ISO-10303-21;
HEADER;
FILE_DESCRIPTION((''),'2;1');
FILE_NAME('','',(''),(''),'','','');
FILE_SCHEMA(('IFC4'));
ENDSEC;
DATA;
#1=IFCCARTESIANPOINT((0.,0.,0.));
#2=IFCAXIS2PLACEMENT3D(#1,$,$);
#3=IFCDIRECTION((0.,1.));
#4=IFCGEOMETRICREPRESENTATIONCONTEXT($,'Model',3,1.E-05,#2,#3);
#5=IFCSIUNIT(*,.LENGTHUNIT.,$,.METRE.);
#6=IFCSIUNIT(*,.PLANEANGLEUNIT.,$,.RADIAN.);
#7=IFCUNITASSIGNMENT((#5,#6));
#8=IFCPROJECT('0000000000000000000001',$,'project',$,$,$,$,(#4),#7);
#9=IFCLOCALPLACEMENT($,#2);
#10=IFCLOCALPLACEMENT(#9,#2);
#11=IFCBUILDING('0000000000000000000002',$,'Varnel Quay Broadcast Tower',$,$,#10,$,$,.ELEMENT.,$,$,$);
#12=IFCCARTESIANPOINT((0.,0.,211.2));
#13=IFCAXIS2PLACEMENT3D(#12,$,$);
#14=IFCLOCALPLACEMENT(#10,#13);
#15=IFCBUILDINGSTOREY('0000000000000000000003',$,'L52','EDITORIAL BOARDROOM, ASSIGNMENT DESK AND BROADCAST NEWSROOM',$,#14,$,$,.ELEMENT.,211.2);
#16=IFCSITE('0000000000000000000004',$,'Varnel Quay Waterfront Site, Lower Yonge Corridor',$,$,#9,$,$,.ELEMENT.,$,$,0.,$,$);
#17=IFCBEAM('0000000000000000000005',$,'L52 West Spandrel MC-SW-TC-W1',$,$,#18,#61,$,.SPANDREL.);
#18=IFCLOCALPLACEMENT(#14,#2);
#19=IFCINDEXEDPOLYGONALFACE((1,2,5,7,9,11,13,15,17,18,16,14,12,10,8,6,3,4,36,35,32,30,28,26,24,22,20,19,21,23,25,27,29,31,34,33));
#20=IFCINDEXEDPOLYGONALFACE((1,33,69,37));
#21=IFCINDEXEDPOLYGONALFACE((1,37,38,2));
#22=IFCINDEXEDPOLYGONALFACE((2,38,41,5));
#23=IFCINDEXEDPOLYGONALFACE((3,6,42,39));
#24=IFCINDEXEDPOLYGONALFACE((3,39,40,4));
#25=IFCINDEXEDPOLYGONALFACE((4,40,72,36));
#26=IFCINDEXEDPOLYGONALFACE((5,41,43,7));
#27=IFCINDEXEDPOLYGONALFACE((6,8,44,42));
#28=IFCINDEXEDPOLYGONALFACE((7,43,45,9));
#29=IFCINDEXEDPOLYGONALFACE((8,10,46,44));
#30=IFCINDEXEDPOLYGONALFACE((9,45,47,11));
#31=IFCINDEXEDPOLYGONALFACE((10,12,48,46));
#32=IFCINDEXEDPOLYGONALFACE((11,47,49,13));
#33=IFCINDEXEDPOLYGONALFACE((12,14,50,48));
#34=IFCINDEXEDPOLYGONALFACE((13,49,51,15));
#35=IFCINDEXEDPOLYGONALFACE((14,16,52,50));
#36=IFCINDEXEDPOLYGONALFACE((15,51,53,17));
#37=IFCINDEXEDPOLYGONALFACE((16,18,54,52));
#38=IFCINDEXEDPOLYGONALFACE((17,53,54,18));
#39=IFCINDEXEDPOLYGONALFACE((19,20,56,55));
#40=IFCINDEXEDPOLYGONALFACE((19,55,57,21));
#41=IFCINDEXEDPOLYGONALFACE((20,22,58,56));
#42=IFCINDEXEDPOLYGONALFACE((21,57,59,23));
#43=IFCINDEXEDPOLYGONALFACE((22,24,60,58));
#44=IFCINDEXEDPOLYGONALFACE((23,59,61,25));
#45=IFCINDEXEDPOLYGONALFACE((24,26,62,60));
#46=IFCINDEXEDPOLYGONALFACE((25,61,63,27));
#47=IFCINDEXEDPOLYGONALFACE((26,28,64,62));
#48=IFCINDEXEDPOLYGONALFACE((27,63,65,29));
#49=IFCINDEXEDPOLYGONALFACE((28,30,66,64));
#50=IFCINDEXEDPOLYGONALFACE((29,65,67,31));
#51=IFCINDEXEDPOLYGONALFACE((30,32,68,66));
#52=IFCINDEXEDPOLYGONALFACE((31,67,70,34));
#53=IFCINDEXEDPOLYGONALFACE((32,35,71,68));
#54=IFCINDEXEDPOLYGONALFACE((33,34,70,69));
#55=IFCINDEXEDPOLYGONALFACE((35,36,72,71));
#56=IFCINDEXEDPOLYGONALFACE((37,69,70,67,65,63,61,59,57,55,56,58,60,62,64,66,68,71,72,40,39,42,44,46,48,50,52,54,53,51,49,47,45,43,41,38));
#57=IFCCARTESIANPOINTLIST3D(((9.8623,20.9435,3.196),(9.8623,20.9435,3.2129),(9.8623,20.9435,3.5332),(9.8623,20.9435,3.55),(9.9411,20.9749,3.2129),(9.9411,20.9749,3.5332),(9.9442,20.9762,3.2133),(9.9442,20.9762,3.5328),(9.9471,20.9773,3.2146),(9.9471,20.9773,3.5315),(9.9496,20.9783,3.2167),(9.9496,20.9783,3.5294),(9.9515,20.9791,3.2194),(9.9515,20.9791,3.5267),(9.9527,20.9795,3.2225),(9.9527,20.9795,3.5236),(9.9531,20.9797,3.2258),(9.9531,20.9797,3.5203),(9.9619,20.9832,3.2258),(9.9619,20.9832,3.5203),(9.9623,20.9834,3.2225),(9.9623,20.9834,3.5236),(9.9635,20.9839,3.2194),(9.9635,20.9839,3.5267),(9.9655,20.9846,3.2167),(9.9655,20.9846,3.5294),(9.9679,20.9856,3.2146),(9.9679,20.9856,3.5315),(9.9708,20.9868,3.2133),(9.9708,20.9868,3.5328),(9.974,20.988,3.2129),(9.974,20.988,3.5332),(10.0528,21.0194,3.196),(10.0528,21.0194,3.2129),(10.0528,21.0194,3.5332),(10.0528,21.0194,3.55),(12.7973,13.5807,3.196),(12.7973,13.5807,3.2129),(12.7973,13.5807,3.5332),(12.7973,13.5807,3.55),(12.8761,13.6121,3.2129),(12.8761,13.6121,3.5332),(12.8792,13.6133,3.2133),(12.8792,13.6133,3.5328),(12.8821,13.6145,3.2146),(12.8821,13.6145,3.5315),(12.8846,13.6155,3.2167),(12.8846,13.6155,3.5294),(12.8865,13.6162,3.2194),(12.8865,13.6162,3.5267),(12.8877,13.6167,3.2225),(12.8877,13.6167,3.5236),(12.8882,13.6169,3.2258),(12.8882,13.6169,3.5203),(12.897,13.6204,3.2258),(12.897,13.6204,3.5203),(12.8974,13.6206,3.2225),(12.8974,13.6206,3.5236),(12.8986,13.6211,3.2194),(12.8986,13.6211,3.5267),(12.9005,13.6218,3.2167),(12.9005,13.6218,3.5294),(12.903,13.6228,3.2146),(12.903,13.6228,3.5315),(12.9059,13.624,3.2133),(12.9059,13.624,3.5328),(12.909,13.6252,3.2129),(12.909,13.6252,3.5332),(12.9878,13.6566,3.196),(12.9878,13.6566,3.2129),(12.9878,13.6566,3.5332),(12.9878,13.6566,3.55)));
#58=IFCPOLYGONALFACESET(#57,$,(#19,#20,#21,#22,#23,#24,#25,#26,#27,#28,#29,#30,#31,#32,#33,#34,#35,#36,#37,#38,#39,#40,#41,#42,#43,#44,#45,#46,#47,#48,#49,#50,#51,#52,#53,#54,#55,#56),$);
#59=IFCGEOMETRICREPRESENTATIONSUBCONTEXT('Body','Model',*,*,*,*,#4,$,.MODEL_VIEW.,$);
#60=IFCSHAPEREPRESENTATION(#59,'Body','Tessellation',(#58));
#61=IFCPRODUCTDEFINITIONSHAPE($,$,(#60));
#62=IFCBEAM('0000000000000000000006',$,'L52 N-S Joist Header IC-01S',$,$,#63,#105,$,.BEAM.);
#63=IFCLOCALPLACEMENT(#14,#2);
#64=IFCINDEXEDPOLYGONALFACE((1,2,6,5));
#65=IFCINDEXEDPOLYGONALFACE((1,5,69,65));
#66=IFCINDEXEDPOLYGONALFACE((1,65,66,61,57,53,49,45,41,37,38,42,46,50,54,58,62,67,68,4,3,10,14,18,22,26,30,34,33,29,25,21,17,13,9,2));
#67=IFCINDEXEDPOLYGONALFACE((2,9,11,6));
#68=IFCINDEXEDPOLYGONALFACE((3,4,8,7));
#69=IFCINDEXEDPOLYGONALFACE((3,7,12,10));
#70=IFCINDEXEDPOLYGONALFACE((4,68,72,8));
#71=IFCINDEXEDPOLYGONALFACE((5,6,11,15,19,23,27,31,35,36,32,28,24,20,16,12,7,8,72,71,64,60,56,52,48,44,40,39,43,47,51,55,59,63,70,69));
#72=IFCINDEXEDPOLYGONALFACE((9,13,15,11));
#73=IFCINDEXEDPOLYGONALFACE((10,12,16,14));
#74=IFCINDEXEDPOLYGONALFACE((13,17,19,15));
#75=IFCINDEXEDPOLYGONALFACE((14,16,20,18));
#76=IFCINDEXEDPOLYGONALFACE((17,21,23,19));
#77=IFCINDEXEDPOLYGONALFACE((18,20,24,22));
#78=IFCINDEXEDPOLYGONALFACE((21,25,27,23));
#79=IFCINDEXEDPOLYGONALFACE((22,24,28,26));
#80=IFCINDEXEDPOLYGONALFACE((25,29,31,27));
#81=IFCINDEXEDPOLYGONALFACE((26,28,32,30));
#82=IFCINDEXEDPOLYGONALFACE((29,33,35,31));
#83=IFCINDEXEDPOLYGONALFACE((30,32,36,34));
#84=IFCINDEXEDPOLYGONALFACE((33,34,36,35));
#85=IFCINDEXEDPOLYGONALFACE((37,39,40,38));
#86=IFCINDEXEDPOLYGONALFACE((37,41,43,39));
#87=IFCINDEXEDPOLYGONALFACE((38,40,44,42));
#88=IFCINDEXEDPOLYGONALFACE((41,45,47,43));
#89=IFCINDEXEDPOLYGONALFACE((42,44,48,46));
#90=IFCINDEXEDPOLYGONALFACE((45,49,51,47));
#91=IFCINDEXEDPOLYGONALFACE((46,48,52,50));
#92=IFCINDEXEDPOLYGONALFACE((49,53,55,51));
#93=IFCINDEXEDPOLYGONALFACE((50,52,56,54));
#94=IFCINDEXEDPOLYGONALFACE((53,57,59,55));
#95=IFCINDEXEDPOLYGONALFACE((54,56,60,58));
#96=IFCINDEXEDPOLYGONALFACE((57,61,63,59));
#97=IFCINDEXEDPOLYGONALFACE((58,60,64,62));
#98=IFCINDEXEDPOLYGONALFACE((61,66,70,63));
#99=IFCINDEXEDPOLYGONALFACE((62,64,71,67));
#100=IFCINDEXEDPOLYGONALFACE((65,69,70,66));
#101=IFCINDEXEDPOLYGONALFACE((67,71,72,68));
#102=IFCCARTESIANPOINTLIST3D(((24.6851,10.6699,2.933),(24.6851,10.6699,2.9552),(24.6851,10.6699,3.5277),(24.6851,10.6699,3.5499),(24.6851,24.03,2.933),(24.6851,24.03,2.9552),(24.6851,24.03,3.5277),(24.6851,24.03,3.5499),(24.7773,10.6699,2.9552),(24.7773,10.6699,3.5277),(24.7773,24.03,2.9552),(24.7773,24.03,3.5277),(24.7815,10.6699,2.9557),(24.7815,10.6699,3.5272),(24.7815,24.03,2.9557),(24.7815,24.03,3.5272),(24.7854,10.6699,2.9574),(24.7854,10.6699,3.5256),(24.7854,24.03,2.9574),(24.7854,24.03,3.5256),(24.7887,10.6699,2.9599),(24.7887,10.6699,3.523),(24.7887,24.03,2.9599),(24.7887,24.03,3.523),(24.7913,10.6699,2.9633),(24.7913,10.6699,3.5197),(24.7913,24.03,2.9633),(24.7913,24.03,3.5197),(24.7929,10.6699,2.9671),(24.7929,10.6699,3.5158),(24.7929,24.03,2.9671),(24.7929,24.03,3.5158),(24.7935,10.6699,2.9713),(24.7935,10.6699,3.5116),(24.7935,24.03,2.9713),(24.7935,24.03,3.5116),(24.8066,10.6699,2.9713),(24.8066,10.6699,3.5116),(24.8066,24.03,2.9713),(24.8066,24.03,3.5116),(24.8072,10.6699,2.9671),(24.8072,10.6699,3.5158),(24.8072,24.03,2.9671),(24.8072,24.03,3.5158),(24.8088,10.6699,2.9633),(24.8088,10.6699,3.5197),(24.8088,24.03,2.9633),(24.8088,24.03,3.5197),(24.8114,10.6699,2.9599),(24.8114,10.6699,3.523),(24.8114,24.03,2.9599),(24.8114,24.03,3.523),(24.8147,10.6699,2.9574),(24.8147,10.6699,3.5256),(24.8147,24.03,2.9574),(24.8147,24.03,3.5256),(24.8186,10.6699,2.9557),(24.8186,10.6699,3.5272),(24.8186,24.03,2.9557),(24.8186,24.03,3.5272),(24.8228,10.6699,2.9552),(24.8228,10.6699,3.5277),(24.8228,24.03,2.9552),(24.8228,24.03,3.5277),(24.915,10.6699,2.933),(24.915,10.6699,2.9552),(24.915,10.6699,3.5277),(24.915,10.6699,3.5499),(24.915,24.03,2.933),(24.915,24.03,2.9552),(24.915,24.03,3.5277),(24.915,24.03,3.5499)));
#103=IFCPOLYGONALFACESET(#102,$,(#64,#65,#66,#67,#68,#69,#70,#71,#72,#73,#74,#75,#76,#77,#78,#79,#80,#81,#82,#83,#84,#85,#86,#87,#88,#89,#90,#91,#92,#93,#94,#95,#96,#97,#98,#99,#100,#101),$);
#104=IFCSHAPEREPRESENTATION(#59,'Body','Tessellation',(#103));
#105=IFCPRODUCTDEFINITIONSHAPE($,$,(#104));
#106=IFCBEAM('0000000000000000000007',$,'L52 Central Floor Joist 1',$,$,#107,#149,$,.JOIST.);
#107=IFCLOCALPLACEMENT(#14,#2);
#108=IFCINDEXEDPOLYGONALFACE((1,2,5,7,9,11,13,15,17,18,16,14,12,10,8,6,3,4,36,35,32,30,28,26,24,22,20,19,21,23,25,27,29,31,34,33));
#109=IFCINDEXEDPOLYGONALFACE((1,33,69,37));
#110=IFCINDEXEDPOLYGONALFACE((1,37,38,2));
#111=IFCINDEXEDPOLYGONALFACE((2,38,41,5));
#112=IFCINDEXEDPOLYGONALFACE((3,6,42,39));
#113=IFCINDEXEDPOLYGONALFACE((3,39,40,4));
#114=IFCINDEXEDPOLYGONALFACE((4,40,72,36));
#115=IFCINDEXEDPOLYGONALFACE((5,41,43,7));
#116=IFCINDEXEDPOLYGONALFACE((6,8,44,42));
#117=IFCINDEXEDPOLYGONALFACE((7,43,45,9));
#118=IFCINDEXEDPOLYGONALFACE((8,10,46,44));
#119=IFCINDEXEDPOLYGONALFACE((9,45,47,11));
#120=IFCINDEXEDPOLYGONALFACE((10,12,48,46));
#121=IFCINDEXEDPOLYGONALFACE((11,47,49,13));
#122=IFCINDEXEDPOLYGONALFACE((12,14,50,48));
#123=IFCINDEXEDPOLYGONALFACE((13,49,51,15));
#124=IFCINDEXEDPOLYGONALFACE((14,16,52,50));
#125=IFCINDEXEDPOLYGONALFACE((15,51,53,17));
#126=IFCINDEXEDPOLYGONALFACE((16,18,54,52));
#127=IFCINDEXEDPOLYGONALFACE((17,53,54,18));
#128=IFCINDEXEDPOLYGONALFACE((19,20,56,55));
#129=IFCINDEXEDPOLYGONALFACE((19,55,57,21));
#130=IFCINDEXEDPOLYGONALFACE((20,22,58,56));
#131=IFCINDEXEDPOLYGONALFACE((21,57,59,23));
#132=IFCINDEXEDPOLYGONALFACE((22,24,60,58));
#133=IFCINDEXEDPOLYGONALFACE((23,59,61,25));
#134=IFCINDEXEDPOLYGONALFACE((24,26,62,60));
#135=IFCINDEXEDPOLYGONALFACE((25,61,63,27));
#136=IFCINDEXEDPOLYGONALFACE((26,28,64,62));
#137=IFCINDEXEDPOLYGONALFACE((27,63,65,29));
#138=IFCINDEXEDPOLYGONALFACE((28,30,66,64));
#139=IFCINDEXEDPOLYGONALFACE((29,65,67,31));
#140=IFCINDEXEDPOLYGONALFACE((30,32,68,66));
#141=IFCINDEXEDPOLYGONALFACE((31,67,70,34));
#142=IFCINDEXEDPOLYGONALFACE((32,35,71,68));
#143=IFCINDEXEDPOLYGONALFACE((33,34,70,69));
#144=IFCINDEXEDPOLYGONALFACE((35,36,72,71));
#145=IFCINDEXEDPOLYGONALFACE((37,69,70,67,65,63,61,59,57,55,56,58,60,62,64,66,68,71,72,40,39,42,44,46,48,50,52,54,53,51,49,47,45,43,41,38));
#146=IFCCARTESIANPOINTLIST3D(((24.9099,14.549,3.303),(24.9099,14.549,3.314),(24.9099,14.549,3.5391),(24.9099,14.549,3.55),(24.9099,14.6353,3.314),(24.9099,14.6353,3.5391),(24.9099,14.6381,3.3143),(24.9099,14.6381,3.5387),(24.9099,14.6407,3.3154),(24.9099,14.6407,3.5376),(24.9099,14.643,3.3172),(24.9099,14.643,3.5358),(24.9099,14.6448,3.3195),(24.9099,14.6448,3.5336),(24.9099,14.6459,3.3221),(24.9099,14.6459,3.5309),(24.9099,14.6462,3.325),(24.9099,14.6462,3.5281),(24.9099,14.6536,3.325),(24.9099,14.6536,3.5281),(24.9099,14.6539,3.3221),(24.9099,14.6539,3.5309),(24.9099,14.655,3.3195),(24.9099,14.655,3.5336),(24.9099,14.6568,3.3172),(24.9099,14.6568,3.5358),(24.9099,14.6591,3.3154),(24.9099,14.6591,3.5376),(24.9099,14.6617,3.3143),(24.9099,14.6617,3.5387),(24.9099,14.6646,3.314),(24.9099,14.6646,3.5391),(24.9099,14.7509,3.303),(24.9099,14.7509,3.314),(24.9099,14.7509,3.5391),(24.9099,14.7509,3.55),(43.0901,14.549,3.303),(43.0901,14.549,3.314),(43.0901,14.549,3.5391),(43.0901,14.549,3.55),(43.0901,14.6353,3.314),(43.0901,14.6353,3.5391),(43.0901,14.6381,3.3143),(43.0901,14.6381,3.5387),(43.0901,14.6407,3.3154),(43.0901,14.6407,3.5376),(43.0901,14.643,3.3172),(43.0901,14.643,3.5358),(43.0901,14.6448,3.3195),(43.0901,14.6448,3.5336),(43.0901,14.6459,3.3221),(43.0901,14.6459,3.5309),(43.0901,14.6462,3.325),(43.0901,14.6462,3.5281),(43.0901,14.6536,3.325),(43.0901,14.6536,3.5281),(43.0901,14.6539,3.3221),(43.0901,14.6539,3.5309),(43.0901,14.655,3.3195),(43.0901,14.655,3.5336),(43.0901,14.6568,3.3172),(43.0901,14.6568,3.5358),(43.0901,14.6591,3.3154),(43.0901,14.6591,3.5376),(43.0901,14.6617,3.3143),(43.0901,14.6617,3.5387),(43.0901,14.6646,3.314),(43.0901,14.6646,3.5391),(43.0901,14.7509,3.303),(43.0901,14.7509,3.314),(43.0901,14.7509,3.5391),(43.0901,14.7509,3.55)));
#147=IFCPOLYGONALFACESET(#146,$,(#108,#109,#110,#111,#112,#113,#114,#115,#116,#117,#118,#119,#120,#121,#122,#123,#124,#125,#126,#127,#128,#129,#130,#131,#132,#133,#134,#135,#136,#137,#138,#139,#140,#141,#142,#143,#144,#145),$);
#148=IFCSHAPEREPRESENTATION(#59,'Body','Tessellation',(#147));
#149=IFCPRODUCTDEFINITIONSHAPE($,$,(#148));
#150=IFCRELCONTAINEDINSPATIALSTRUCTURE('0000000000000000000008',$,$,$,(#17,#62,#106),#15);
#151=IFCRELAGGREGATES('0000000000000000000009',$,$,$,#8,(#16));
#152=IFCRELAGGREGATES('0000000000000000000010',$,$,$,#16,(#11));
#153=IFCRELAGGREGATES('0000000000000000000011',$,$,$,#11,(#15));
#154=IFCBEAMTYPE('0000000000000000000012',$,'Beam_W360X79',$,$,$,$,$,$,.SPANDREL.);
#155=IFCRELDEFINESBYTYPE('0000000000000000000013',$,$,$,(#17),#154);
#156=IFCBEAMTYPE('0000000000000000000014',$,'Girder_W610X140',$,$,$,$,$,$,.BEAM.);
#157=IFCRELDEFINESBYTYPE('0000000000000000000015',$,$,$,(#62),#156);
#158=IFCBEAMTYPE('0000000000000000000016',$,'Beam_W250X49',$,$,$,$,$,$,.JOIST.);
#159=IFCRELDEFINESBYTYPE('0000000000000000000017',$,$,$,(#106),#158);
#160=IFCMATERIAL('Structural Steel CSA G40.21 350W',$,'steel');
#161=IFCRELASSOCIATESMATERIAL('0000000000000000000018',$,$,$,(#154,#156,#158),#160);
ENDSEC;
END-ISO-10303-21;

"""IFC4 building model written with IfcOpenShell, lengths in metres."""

from ifc_helpers import new_model, si_unit, direction, frame, origin, origin_2d, place, context, subcontext, project, spatial, i_section, extrude, source, transform, mapped, material, material_profile, profile_set, type_object, type_shapes, element, save


model = new_model("IFC4")

# Units and contexts
model_context = context("Model", 3, precision=1e-05, world=origin(), true_north=direction((0.0, 1.0)))
body_context = subcontext(model_context, "Body", "Model", "MODEL_VIEW")
ifc_project = project(units=[si_unit("LENGTHUNIT", "METRE"), si_unit("PLANEANGLEUNIT", "RADIAN")], contexts=[model_context])

# Site, building, storey
site_placement = place(None, origin())
site = spatial("IfcSite", under=ifc_project, at=site_placement, Name="Varnel Quay Waterfront Site, Lower Yonge Corridor", CompositionType="ELEMENT", RefElevation=0.0)
building_placement = place(site_placement, origin())
building = spatial("IfcBuilding", under=site, at=building_placement, Name="Varnel Quay Broadcast Tower", CompositionType="ELEMENT")
storey_placement = place(building_placement, frame((0.0, 0.0, 211.2)))
storey = spatial("IfcBuildingStorey", under=building, at=storey_placement, Name="L52", Description="EDITORIAL BOARDROOM, ASSIGNMENT DESK AND BROADCAST NEWSROOM", CompositionType="ELEMENT", Elevation=211.2)

# Shared definitions
ifc_material_1 = material(Name="Structural Steel CSA G40.21 350W", Category="steel")

# Beams
ifc_material_profile_1 = material_profile(ifc_material_1, i_section(OverallWidth=0.2051, OverallDepth=0.354, WebThickness=0.0095, FlangeThickness=0.0168, FilletRadius=0.0129, at=origin_2d()), Name="W360X79")
ifc_profile_set_1 = profile_set([ifc_material_profile_1], Name="Structural Steel CSA G40.21 350W")
beam_type_1 = type_object("IfcBeamType", Name="Beam_W360X79", PredefinedType="SPANDREL", material=ifc_profile_set_1)
shared_shape_1 = source(origin(), body_context, "Body", "SweptSolid", [
    extrude(i_section(OverallWidth=0.2051, OverallDepth=0.354, WebThickness=0.0095, FlangeThickness=0.0168, FilletRadius=0.0129, at=origin_2d()), origin(), (0.0, 0.0, 1.0), 7.9263),
])
beam_1_placement = place(storey_placement, frame((12.8926, 13.6187, 3.373), z_axis=(-0.370296, 0.928914, 0.0), x_axis=(-0.928914, -0.370296, 0.0)))
element("IfcBeam", 1, at=beam_1_placement, inside=storey, type_object=beam_type_1, Name="L52 West Spandrel MC-SW-TC-W1", PredefinedType="SPANDREL", context=body_context, shape_type="MappedRepresentation", body=[
    mapped(shared_shape_1, transform((0.0, 0.0, 0.0), x_axis=(1.0, 0.0, 0.0), y_axis=(0.0, 1.0, 0.0), z_axis=(0.0, 0.0, 1.0), scale=1.0)),
])
ifc_material_profile_2 = material_profile(ifc_material_1, i_section(OverallWidth=0.23, OverallDepth=0.6169, WebThickness=0.0132, FlangeThickness=0.0222, FilletRadius=0.0161, at=origin_2d()), Name="W610X140")
ifc_profile_set_2 = profile_set([ifc_material_profile_2], Name="Structural Steel CSA G40.21 350W")
beam_type_2 = type_object("IfcBeamType", Name="Girder_W610X140", PredefinedType="BEAM", material=ifc_profile_set_2)
shared_shape_2 = source(origin(), body_context, "Body", "SweptSolid", [
    extrude(i_section(OverallWidth=0.23, OverallDepth=0.6169, WebThickness=0.0132, FlangeThickness=0.0222, FilletRadius=0.0161, at=origin_2d()), origin(), (0.0, 0.0, 1.0), 13.3601),
])
type_shapes(beam_type_2, [shared_shape_2])
beam_2_placement = place(storey_placement, frame((24.8, 10.6699, 3.2415), z_axis=(0.0, 1.0, 0.0), x_axis=(-1.0, 0.0, 0.0)))
element("IfcBeam", 2, at=beam_2_placement, inside=storey, type_object=beam_type_2, Name="L52 N-S Joist Header IC-01S", PredefinedType="BEAM", context=body_context, shape_type="MappedRepresentation", body=[
    mapped(shared_shape_2, transform((0.0, 0.0, 0.0), x_axis=(1.0, 0.0, 0.0), y_axis=(0.0, 1.0, 0.0), z_axis=(0.0, 0.0, 1.0), scale=1.0)),
])
ifc_material_profile_3 = material_profile(ifc_material_1, i_section(OverallWidth=0.2019, OverallDepth=0.2471, WebThickness=0.0073, FlangeThickness=0.011, FilletRadius=0.011, at=origin_2d()), Name="W250X49")
ifc_profile_set_3 = profile_set([ifc_material_profile_3], Name="Structural Steel CSA G40.21 350W")
beam_type_3 = type_object("IfcBeamType", Name="Beam_W250X49", PredefinedType="JOIST", material=ifc_profile_set_3)
shared_shape_3 = source(origin(), body_context, "Body", "SweptSolid", [
    extrude(i_section(OverallWidth=0.2019, OverallDepth=0.2471, WebThickness=0.0073, FlangeThickness=0.011, FilletRadius=0.011, at=origin_2d()), origin(), (0.0, 0.0, 1.0), 18.1802),
])
type_shapes(beam_type_3, [shared_shape_3])
beam_3_placement = place(storey_placement, frame((24.9099, 14.6499, 3.4265), z_axis=(1.0, 0.0, 0.0), x_axis=(0.0, 1.0, 0.0)))
element("IfcBeam", 3, at=beam_3_placement, inside=storey, type_object=beam_type_3, Name="L52 Central Floor Joist 1", PredefinedType="JOIST", context=body_context, shape_type="MappedRepresentation", body=[
    mapped(shared_shape_3, transform((0.0, 0.0, 0.0), x_axis=(1.0, 0.0, 0.0), y_axis=(0.0, 1.0, 0.0), z_axis=(0.0, 0.0, 1.0), scale=1.0)),
])

save(model, "model.ifc")
